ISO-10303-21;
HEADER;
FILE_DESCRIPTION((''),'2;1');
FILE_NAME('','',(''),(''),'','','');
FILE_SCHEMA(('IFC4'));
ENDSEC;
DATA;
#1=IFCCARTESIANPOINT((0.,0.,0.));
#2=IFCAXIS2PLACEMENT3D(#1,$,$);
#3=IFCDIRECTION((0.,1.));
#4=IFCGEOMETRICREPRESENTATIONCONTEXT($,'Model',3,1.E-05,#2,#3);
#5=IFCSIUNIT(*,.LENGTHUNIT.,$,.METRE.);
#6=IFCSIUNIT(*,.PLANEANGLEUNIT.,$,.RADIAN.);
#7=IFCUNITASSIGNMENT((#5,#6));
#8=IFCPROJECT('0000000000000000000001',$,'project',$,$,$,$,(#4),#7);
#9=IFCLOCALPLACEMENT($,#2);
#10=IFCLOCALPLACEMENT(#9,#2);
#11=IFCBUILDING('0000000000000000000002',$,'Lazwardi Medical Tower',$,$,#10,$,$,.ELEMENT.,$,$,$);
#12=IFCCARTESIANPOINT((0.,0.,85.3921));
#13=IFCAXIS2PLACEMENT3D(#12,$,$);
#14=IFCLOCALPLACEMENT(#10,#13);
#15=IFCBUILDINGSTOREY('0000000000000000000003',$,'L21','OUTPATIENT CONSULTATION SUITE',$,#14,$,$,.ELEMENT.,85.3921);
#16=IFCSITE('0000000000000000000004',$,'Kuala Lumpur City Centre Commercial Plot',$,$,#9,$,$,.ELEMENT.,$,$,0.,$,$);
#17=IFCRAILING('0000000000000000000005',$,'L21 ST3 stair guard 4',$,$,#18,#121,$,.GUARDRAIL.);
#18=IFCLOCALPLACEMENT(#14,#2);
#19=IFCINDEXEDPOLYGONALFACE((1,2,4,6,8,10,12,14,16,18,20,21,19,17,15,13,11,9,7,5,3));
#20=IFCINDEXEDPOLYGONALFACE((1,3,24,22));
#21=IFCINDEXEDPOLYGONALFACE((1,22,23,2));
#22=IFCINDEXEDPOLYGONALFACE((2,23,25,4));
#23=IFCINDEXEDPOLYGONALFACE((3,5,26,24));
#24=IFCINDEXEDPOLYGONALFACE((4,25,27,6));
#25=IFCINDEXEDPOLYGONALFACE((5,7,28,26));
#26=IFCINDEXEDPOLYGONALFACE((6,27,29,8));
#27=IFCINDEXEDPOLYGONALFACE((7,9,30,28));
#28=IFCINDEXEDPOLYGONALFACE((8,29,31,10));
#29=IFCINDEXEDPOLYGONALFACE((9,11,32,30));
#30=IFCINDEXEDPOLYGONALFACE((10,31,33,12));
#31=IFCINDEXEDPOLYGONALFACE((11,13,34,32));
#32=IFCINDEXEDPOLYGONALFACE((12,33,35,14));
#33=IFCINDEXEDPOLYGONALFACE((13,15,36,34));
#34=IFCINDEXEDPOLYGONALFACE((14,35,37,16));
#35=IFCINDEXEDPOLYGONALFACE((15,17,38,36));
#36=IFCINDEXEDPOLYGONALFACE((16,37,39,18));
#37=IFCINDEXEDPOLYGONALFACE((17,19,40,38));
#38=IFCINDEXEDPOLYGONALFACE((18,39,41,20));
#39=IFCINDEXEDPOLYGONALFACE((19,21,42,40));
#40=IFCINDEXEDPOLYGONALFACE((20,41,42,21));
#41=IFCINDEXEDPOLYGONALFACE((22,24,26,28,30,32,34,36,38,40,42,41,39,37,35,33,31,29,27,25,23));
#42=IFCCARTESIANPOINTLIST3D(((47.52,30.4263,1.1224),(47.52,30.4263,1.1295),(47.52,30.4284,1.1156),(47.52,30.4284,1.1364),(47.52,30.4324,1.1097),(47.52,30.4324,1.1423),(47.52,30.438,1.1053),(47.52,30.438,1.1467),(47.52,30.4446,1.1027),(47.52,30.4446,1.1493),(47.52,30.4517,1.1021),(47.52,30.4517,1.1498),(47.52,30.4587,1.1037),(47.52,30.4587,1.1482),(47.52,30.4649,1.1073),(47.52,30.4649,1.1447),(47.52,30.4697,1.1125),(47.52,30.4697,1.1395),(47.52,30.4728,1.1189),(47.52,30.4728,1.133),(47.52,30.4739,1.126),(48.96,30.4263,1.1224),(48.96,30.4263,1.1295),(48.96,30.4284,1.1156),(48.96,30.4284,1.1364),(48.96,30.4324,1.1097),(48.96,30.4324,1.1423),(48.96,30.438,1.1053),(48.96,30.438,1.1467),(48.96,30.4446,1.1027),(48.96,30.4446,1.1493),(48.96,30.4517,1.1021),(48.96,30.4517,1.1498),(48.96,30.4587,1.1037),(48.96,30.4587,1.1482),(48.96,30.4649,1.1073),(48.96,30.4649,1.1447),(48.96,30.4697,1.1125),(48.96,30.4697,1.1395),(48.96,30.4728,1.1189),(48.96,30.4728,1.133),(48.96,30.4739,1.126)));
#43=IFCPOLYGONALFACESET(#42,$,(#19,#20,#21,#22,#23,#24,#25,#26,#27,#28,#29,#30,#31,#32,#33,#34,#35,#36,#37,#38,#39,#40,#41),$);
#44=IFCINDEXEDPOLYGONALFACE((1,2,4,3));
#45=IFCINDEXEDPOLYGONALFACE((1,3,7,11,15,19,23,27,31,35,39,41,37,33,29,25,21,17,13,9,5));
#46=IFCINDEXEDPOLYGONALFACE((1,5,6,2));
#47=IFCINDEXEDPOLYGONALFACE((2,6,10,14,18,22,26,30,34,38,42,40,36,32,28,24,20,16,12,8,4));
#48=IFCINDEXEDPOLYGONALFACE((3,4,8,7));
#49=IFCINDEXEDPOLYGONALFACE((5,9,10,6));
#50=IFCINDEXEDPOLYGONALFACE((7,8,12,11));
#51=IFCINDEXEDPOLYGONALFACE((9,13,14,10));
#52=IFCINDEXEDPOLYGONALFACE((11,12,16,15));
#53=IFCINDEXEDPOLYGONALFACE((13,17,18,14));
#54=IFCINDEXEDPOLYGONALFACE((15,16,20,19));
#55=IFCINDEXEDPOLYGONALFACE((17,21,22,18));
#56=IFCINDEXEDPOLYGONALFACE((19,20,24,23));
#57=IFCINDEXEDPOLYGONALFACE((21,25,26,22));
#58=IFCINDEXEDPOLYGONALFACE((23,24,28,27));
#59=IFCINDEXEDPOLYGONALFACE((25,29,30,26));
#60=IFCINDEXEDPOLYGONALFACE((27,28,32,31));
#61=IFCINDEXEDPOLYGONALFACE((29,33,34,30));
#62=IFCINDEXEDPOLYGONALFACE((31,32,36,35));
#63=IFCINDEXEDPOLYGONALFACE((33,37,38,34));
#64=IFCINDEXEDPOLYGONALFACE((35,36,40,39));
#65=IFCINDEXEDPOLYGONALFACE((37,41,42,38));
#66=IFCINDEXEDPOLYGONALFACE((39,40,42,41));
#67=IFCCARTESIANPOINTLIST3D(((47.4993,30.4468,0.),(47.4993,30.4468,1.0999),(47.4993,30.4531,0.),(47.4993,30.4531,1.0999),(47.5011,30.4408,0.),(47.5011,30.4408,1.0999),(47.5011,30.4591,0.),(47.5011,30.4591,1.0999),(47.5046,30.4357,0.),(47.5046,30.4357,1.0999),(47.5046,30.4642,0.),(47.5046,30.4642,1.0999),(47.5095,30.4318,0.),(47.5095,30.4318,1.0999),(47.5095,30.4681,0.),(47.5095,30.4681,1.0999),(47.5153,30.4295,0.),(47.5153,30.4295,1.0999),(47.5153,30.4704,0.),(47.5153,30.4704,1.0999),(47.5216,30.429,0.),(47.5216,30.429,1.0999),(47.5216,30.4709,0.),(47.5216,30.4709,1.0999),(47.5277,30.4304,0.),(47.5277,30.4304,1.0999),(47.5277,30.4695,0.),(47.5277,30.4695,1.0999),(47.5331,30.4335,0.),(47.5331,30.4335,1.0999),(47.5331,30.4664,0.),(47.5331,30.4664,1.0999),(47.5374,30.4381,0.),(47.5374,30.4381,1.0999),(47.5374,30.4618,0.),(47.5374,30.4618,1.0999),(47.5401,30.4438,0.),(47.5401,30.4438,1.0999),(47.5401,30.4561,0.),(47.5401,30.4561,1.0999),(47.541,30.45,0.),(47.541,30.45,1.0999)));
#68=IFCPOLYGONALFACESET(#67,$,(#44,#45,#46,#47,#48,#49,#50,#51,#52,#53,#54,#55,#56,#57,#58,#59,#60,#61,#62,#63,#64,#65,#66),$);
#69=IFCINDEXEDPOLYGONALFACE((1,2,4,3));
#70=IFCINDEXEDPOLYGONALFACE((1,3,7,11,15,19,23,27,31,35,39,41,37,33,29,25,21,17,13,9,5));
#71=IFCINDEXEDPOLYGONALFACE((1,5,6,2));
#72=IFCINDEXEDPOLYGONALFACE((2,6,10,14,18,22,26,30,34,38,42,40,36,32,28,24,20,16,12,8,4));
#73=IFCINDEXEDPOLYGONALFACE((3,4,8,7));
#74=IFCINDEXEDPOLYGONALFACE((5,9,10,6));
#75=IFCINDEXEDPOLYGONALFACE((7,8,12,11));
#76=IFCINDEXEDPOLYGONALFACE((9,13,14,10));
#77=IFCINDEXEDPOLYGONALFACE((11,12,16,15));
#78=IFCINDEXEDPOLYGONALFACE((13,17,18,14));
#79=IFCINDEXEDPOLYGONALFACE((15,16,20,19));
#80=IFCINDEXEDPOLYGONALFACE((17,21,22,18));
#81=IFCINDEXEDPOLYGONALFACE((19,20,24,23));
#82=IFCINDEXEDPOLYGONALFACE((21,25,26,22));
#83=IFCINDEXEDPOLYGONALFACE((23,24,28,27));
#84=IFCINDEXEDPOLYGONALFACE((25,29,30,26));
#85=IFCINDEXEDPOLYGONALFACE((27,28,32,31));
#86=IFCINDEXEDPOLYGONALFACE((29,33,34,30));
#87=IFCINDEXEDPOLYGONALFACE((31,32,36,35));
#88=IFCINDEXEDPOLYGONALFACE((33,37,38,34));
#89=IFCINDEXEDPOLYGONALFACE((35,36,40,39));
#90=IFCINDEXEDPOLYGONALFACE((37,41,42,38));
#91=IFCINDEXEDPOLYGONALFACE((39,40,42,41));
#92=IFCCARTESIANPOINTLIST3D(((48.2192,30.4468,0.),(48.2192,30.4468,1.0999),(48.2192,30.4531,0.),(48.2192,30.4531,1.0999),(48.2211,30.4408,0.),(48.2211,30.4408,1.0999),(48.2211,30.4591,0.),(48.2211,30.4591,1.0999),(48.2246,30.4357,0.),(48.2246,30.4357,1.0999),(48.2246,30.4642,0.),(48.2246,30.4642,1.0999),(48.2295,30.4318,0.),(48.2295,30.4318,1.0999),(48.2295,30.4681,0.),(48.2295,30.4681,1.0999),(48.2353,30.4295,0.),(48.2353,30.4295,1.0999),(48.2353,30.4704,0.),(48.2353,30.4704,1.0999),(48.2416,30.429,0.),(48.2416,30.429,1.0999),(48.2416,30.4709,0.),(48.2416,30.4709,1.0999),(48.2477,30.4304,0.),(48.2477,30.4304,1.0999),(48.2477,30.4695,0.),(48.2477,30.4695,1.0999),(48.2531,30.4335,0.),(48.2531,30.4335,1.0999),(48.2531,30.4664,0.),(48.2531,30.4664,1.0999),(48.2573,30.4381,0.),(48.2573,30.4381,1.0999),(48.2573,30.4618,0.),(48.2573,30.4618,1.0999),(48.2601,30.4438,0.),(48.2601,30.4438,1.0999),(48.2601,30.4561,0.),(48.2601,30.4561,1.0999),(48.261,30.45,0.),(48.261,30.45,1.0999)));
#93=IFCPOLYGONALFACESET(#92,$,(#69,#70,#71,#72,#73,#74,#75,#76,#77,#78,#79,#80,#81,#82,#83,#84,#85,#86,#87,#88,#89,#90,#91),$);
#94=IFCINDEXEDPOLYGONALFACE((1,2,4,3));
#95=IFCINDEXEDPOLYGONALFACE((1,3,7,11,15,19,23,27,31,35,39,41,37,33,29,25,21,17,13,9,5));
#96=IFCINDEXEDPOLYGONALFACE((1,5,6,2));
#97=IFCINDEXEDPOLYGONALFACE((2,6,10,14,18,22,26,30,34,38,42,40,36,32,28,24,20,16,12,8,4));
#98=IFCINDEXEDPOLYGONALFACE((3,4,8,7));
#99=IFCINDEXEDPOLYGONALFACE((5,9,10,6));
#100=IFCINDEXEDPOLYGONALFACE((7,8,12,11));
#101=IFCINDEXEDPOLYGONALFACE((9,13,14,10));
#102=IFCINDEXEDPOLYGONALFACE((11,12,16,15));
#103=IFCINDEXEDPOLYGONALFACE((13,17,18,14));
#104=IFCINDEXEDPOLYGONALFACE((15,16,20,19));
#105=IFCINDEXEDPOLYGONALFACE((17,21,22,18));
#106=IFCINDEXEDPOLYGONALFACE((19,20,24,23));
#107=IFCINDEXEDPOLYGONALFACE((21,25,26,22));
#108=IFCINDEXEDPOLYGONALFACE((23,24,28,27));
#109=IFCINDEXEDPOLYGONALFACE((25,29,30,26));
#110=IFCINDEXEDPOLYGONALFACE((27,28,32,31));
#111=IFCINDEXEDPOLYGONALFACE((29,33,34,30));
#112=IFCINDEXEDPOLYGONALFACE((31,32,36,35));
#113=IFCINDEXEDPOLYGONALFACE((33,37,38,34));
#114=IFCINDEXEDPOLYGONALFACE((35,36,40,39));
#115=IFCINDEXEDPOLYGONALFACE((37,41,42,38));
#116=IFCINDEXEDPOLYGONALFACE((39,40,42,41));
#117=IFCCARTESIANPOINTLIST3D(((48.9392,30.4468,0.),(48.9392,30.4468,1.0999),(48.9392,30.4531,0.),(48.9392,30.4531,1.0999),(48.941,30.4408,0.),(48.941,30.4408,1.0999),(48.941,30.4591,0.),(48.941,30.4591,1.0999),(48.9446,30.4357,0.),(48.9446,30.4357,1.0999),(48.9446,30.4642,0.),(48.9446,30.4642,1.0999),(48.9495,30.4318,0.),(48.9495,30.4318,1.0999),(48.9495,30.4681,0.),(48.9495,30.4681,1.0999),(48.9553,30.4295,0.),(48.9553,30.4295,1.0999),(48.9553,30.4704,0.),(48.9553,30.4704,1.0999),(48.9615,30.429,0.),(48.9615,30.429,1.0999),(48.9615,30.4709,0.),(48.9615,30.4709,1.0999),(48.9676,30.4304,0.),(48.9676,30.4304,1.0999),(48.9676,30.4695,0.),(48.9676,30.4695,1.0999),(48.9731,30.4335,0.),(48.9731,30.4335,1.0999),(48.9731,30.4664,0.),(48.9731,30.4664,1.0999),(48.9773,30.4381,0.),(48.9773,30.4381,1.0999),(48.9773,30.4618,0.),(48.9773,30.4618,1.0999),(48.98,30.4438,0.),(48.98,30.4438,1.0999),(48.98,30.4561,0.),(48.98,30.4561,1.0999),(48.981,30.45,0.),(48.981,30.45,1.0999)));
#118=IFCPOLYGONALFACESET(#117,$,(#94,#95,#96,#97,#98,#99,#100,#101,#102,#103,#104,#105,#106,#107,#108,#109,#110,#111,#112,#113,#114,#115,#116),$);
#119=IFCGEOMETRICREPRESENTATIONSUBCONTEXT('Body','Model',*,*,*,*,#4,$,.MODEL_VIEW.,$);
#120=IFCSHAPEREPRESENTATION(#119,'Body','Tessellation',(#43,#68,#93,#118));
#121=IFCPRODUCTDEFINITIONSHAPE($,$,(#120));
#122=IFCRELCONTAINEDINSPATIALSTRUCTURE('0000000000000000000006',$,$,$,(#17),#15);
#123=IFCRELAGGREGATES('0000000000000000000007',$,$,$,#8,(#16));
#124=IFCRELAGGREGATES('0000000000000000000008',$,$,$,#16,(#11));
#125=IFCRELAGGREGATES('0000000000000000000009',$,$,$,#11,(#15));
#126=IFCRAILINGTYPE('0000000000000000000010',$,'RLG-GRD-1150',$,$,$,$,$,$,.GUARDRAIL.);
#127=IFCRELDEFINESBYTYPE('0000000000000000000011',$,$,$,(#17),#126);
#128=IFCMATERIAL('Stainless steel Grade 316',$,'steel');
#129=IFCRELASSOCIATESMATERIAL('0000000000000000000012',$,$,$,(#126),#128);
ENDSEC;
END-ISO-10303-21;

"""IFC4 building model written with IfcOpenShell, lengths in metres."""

from ifc_helpers import new_model, si_unit, direction, frame, origin, origin_2d, place, context, subcontext, project, spatial, circle, extrude, material, type_object, element, save


model = new_model("IFC4")

# Units and contexts
model_context = context("Model", 3, precision=1e-05, world=origin(), true_north=direction((0.0, 1.0)))
body_context = subcontext(model_context, "Body", "Model", "MODEL_VIEW")
ifc_project = project(units=[si_unit("LENGTHUNIT", "METRE"), si_unit("PLANEANGLEUNIT", "RADIAN")], contexts=[model_context])

# Site, building, storey
site_placement = place(None, origin())
site = spatial("IfcSite", under=ifc_project, at=site_placement, Name="Kuala Lumpur City Centre Commercial Plot", CompositionType="ELEMENT", RefElevation=0.0)
building_placement = place(site_placement, origin())
building = spatial("IfcBuilding", under=site, at=building_placement, Name="Lazwardi Medical Tower", CompositionType="ELEMENT")
storey_placement = place(building_placement, frame((0.0, 0.0, 85.3921)))
storey = spatial("IfcBuildingStorey", under=building, at=storey_placement, Name="L21", Description="OUTPATIENT CONSULTATION SUITE", CompositionType="ELEMENT", Elevation=85.3921)

# Railing
ifc_material_1 = material(Name="Stainless steel Grade 316", Category="steel")
railing_type_1 = type_object("IfcRailingType", Name="RLG-GRD-1150", PredefinedType="GUARDRAIL", material=ifc_material_1)
railing_1_placement = place(storey_placement, frame((47.52, 30.45, 0.0)))
element("IfcRailing", 1, at=railing_1_placement, inside=storey, type_object=railing_type_1, Name="L21 ST3 stair guard 4", PredefinedType="GUARDRAIL", context=body_context, shape_type="SweptSolid", body=[
    extrude(circle(Radius=0.0239, at=origin_2d()), frame((0.0, 0.0, 1.126), z_axis=(1.0, 0.0, 0.0), x_axis=(0.0, 1.0, 0.0)), (0.0, 0.0, 1.0), 1.4399),
    extrude(circle(Radius=0.021, at=origin_2d()), origin(), (0.0, 0.0, 1.0), 1.0999),
    extrude(circle(Radius=0.021, at=origin_2d()), frame((0.72, 0.0, 0.0)), (0.0, 0.0, 1.0), 1.0999),
    extrude(circle(Radius=0.021, at=origin_2d()), frame((1.4399, 0.0, 0.0)), (0.0, 0.0, 1.0), 1.0999),
])

save(model, "model.ifc")
